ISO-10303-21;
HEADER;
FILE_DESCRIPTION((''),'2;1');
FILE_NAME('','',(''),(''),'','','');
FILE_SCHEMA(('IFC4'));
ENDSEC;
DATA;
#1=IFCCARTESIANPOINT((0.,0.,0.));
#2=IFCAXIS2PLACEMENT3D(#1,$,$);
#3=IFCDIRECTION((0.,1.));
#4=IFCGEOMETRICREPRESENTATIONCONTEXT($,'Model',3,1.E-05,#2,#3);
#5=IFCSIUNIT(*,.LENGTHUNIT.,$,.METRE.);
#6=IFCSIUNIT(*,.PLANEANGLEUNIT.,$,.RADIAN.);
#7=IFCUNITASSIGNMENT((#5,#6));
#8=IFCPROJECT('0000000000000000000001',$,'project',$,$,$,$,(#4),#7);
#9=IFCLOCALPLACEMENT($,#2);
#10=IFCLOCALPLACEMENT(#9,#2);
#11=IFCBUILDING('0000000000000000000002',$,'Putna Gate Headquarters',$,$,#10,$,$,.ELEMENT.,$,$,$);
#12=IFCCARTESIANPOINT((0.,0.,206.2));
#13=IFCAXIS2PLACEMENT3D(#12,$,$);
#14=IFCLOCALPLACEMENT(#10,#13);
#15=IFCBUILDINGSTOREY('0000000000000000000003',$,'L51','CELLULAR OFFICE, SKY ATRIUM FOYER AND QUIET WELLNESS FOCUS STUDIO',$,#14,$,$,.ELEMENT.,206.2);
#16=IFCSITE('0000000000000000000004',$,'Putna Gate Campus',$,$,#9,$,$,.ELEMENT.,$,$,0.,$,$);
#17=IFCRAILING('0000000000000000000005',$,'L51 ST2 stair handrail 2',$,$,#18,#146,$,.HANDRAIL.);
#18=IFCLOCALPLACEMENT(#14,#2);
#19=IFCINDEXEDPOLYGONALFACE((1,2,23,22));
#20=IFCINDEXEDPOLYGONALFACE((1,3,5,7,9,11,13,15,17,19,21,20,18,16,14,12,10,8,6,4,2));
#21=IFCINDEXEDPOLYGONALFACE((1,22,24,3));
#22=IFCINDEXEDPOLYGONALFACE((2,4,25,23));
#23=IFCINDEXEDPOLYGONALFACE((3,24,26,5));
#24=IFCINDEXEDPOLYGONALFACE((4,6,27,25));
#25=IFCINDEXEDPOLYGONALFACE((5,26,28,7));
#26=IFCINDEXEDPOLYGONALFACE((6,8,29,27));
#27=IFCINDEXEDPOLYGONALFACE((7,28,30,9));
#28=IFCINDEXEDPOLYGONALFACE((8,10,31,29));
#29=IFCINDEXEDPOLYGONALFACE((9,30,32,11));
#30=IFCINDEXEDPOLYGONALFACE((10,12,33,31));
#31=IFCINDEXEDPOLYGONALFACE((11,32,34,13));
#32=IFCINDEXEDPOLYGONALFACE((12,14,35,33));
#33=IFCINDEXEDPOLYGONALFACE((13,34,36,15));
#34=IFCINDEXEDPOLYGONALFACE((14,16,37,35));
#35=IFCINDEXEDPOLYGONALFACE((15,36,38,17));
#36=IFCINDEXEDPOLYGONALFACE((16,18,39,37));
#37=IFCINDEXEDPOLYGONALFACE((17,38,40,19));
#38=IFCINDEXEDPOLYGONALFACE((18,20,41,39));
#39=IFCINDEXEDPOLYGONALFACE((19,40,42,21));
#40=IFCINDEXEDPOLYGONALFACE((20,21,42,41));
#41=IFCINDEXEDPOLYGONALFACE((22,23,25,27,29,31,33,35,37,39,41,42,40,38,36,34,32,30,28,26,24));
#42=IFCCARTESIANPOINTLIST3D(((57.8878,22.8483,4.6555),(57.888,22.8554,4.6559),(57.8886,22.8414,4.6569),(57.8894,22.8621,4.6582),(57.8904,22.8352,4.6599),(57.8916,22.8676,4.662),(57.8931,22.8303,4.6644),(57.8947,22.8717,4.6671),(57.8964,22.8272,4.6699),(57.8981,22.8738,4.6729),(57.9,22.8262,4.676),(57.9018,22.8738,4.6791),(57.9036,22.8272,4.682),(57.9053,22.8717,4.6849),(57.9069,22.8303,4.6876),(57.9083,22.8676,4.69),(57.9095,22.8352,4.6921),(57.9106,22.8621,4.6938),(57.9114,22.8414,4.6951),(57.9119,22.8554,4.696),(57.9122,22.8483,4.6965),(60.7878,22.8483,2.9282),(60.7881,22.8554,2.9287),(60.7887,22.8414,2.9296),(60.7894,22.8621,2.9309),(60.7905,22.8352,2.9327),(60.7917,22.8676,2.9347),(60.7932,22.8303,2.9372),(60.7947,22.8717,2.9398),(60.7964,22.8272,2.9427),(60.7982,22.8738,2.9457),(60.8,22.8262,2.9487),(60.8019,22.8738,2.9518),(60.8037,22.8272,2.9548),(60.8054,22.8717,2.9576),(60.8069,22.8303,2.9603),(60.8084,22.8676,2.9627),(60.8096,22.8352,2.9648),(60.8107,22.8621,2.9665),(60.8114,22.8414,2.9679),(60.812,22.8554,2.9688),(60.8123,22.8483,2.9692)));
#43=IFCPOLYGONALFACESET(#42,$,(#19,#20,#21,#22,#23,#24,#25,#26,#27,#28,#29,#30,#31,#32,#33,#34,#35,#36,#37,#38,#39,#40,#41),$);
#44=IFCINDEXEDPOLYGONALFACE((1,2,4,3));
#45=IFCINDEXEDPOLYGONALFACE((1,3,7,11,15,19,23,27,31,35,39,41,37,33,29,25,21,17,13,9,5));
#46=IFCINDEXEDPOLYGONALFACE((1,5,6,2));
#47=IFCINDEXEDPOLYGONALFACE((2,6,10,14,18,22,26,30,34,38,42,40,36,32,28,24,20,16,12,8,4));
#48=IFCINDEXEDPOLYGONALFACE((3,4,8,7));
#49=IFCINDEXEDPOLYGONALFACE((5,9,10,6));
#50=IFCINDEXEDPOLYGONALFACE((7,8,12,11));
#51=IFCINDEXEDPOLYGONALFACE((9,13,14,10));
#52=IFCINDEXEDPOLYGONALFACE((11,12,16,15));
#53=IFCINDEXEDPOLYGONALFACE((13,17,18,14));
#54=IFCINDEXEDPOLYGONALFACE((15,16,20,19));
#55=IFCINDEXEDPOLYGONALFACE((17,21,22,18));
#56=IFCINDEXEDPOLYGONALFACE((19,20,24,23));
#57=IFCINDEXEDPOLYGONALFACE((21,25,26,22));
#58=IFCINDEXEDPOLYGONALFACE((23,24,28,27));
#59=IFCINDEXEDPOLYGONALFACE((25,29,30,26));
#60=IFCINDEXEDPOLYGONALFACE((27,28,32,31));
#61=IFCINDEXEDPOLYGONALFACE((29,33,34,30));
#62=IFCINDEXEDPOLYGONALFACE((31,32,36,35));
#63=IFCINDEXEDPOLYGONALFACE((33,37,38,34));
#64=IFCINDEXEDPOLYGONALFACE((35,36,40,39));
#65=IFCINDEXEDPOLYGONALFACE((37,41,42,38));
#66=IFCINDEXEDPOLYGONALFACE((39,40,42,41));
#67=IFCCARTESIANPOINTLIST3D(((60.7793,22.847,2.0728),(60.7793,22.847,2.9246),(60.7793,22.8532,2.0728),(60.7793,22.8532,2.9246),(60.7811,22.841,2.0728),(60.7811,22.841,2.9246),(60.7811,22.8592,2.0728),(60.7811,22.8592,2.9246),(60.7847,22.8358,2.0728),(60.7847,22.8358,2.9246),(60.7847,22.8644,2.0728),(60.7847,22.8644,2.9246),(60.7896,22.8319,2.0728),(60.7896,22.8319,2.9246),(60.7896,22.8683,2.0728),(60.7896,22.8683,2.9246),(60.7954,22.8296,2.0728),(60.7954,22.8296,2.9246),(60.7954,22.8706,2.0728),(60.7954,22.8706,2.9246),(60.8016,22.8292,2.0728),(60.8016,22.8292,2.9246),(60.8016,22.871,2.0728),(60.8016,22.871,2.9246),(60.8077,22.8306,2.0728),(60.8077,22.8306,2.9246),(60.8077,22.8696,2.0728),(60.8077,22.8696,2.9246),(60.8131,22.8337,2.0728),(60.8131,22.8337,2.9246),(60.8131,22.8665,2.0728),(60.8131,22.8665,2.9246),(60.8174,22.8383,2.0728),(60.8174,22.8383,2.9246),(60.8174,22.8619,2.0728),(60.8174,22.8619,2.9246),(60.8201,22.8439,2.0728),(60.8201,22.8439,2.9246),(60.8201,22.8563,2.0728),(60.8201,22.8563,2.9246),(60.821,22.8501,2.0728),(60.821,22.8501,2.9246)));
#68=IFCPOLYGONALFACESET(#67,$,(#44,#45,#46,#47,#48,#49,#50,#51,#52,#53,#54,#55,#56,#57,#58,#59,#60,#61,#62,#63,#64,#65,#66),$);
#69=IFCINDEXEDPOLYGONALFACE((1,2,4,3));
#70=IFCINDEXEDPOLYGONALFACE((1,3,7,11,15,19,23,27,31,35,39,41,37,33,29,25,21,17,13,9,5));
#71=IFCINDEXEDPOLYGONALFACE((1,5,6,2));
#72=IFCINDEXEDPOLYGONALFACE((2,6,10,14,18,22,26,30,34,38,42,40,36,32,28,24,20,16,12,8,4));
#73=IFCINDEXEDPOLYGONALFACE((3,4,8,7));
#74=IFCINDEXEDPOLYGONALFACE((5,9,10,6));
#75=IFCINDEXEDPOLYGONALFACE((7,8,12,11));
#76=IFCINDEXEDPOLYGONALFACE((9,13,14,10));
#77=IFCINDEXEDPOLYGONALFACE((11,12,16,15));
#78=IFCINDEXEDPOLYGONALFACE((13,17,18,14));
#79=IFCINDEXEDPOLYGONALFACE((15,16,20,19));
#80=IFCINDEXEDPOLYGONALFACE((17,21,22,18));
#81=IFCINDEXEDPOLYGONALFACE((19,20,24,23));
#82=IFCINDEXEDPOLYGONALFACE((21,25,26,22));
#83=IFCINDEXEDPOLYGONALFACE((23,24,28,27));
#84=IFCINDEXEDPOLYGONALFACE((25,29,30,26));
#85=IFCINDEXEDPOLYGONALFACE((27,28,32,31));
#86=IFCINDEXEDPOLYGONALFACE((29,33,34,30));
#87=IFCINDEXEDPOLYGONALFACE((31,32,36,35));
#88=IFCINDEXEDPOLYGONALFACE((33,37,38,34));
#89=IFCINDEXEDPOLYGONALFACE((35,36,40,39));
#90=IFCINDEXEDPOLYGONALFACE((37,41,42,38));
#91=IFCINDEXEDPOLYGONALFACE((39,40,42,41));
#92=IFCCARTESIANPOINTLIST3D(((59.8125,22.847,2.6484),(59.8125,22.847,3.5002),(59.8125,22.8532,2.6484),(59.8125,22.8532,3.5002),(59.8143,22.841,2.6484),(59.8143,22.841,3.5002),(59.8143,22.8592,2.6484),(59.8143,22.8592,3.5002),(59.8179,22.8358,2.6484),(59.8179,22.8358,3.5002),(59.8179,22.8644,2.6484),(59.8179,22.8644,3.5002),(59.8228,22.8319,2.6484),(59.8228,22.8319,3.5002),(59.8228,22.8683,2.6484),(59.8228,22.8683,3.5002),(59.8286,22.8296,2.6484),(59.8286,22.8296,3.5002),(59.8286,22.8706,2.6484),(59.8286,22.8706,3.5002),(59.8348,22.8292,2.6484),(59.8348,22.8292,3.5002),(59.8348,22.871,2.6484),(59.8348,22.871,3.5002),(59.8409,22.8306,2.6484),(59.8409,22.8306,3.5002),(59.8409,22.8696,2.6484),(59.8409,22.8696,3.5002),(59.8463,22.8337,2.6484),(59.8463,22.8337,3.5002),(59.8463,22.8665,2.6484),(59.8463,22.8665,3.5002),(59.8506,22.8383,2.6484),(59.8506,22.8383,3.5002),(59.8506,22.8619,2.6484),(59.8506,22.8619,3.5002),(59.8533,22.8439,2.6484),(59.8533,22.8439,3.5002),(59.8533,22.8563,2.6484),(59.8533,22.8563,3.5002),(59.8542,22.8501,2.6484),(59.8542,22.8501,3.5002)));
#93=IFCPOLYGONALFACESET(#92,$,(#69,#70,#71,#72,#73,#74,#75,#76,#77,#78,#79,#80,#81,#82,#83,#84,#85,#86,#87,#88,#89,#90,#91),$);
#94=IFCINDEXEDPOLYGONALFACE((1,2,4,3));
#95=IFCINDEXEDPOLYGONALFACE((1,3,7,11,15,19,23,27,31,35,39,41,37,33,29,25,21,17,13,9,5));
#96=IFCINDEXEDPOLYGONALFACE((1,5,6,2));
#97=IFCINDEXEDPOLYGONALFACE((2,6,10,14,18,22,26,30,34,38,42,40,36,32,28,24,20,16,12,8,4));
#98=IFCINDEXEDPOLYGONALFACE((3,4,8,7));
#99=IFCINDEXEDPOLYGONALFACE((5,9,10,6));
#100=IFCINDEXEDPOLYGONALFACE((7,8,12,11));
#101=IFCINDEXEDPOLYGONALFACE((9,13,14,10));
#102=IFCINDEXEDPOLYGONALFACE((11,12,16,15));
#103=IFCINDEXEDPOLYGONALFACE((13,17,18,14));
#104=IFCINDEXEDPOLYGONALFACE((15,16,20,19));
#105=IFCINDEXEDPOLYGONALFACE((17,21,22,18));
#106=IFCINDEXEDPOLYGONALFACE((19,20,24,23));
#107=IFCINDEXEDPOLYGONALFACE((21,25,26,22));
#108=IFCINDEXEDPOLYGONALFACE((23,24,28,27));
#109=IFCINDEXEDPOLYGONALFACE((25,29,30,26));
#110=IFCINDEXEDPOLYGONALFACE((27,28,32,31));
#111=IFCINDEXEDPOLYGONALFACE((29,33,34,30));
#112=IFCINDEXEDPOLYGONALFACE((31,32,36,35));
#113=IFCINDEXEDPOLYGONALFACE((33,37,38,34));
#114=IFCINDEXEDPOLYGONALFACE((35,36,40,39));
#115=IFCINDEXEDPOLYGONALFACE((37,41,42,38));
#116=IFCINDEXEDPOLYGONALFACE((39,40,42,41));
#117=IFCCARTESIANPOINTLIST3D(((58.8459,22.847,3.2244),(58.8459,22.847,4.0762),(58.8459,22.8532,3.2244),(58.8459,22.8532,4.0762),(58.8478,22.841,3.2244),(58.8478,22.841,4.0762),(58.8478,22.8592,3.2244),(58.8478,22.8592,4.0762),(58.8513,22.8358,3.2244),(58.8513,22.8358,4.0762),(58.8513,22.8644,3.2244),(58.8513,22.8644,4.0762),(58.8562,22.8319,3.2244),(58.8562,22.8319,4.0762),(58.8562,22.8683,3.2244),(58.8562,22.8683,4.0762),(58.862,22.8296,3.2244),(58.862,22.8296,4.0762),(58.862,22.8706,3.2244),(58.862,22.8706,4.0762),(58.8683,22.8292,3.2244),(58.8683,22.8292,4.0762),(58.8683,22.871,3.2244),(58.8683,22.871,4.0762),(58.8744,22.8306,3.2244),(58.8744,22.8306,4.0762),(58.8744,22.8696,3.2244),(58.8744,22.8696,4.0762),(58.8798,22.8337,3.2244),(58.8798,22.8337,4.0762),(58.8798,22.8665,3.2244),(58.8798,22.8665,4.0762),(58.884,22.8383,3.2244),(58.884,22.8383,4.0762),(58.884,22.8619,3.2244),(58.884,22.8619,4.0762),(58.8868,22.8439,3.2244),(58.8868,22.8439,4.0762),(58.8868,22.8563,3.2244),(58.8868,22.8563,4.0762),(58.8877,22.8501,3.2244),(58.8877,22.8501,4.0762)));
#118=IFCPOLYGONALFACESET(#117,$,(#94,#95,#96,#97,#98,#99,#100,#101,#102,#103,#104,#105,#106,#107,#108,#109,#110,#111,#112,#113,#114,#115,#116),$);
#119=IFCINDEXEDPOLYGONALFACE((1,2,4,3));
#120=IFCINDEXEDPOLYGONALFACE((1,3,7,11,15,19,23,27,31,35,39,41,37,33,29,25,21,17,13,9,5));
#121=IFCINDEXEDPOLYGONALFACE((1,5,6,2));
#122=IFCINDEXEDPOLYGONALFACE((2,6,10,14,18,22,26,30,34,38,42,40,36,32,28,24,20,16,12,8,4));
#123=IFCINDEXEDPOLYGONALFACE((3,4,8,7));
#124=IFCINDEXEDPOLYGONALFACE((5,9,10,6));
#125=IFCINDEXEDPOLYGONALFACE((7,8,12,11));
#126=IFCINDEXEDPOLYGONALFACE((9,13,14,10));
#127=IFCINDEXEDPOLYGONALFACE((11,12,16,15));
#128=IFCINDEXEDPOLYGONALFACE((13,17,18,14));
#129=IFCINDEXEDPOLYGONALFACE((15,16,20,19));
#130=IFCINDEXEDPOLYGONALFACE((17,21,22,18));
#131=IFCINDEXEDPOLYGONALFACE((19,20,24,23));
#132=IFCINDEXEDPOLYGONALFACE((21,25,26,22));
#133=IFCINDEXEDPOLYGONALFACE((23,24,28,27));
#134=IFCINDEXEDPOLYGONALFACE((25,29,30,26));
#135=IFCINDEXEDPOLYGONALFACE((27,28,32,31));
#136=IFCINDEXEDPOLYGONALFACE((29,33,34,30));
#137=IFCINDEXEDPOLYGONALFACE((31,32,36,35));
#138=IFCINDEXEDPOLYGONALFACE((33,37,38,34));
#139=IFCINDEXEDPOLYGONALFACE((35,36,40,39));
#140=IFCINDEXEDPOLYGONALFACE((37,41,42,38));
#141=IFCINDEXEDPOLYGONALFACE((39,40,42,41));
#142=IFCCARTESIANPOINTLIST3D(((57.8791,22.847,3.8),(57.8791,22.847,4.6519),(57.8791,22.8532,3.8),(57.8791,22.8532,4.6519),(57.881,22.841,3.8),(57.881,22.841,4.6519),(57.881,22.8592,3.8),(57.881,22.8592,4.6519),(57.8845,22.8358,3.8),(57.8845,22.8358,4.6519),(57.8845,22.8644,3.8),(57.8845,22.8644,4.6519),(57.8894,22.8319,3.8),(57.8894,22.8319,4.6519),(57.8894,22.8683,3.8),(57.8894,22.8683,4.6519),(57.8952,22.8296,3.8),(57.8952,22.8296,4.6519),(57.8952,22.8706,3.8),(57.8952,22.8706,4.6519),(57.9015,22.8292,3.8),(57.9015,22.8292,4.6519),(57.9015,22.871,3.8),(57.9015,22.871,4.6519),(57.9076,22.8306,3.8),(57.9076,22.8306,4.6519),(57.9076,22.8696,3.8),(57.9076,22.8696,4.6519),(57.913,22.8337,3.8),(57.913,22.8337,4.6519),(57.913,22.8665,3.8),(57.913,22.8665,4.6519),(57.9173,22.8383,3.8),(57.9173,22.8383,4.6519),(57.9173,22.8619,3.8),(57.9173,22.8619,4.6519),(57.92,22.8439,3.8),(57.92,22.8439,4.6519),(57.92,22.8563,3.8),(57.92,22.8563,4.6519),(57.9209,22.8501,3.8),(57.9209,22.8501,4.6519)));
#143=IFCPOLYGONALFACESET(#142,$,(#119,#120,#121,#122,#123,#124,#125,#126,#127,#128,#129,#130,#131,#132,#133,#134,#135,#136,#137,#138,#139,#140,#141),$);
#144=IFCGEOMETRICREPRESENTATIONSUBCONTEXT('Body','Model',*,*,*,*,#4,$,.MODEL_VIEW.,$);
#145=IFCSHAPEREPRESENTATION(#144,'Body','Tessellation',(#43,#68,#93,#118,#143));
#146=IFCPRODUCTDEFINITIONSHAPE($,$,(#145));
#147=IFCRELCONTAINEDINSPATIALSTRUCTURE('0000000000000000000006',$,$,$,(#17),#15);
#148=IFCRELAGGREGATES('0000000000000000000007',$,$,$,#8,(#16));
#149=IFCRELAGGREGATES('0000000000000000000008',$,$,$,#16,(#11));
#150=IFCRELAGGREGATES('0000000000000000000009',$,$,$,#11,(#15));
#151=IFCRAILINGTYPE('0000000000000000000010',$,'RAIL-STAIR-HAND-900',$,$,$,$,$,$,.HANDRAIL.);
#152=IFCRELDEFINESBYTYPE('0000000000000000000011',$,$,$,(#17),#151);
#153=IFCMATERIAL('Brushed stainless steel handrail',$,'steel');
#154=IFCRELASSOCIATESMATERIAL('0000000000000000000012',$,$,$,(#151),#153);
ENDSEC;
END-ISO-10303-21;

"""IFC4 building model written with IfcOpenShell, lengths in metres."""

from ifc_helpers import new_model, si_unit, direction, frame, origin, origin_2d, place, context, subcontext, project, spatial, circle, extrude, material, type_object, element, save


model = new_model("IFC4")

# Units and contexts
model_context = context("Model", 3, precision=1e-05, world=origin(), true_north=direction((0.0, 1.0)))
body_context = subcontext(model_context, "Body", "Model", "MODEL_VIEW")
ifc_project = project(units=[si_unit("LENGTHUNIT", "METRE"), si_unit("PLANEANGLEUNIT", "RADIAN")], contexts=[model_context])

# Site, building, storey
site_placement = place(None, origin())
site = spatial("IfcSite", under=ifc_project, at=site_placement, Name="Putna Gate Campus", CompositionType="ELEMENT", RefElevation=0.0)
building_placement = place(site_placement, origin())
building = spatial("IfcBuilding", under=site, at=building_placement, Name="Putna Gate Headquarters", CompositionType="ELEMENT")
storey_placement = place(building_placement, frame((0.0, 0.0, 206.2)))
storey = spatial("IfcBuildingStorey", under=building, at=storey_placement, Name="L51", Description="CELLULAR OFFICE, SKY ATRIUM FOYER AND QUIET WELLNESS FOCUS STUDIO", CompositionType="ELEMENT", Elevation=206.2)

# Railing
ifc_material_1 = material(Name="Brushed stainless steel handrail", Category="steel")
railing_type_1 = type_object("IfcRailingType", Name="RAIL-STAIR-HAND-900", PredefinedType="HANDRAIL", material=ifc_material_1)
railing_1_placement = place(storey_placement, frame((60.8, 22.8501, 2.0728)))
element("IfcRailing", 1, at=railing_1_placement, inside=storey, type_object=railing_type_1, Name="L51 ST2 stair handrail 2", PredefinedType="HANDRAIL", context=body_context, shape_type="SweptSolid", body=[
    extrude(circle(Radius=0.0239, at=origin_2d()), frame((0.0, 0.0, 0.876), z_axis=(-0.85916, 0.0, 0.511706), x_axis=(0.0, -1.0, 0.0)), (0.0, 0.0, 1.0), 3.3755),
    extrude(circle(Radius=0.021, at=origin_2d()), origin(), (0.0, 0.0, 1.0), 0.8518),
    extrude(circle(Radius=0.021, at=origin_2d()), frame((-0.9668, 0.0, 0.5757)), (0.0, 0.0, 1.0), 0.8518),
    extrude(circle(Radius=0.021, at=origin_2d()), frame((-1.9333, 0.0, 1.1516)), (0.0, 0.0, 1.0), 0.8518),
    extrude(circle(Radius=0.021, at=origin_2d()), frame((-2.9001, 0.0, 1.7273)), (0.0, 0.0, 1.0), 0.8518),
])

save(model, "model.ifc")
